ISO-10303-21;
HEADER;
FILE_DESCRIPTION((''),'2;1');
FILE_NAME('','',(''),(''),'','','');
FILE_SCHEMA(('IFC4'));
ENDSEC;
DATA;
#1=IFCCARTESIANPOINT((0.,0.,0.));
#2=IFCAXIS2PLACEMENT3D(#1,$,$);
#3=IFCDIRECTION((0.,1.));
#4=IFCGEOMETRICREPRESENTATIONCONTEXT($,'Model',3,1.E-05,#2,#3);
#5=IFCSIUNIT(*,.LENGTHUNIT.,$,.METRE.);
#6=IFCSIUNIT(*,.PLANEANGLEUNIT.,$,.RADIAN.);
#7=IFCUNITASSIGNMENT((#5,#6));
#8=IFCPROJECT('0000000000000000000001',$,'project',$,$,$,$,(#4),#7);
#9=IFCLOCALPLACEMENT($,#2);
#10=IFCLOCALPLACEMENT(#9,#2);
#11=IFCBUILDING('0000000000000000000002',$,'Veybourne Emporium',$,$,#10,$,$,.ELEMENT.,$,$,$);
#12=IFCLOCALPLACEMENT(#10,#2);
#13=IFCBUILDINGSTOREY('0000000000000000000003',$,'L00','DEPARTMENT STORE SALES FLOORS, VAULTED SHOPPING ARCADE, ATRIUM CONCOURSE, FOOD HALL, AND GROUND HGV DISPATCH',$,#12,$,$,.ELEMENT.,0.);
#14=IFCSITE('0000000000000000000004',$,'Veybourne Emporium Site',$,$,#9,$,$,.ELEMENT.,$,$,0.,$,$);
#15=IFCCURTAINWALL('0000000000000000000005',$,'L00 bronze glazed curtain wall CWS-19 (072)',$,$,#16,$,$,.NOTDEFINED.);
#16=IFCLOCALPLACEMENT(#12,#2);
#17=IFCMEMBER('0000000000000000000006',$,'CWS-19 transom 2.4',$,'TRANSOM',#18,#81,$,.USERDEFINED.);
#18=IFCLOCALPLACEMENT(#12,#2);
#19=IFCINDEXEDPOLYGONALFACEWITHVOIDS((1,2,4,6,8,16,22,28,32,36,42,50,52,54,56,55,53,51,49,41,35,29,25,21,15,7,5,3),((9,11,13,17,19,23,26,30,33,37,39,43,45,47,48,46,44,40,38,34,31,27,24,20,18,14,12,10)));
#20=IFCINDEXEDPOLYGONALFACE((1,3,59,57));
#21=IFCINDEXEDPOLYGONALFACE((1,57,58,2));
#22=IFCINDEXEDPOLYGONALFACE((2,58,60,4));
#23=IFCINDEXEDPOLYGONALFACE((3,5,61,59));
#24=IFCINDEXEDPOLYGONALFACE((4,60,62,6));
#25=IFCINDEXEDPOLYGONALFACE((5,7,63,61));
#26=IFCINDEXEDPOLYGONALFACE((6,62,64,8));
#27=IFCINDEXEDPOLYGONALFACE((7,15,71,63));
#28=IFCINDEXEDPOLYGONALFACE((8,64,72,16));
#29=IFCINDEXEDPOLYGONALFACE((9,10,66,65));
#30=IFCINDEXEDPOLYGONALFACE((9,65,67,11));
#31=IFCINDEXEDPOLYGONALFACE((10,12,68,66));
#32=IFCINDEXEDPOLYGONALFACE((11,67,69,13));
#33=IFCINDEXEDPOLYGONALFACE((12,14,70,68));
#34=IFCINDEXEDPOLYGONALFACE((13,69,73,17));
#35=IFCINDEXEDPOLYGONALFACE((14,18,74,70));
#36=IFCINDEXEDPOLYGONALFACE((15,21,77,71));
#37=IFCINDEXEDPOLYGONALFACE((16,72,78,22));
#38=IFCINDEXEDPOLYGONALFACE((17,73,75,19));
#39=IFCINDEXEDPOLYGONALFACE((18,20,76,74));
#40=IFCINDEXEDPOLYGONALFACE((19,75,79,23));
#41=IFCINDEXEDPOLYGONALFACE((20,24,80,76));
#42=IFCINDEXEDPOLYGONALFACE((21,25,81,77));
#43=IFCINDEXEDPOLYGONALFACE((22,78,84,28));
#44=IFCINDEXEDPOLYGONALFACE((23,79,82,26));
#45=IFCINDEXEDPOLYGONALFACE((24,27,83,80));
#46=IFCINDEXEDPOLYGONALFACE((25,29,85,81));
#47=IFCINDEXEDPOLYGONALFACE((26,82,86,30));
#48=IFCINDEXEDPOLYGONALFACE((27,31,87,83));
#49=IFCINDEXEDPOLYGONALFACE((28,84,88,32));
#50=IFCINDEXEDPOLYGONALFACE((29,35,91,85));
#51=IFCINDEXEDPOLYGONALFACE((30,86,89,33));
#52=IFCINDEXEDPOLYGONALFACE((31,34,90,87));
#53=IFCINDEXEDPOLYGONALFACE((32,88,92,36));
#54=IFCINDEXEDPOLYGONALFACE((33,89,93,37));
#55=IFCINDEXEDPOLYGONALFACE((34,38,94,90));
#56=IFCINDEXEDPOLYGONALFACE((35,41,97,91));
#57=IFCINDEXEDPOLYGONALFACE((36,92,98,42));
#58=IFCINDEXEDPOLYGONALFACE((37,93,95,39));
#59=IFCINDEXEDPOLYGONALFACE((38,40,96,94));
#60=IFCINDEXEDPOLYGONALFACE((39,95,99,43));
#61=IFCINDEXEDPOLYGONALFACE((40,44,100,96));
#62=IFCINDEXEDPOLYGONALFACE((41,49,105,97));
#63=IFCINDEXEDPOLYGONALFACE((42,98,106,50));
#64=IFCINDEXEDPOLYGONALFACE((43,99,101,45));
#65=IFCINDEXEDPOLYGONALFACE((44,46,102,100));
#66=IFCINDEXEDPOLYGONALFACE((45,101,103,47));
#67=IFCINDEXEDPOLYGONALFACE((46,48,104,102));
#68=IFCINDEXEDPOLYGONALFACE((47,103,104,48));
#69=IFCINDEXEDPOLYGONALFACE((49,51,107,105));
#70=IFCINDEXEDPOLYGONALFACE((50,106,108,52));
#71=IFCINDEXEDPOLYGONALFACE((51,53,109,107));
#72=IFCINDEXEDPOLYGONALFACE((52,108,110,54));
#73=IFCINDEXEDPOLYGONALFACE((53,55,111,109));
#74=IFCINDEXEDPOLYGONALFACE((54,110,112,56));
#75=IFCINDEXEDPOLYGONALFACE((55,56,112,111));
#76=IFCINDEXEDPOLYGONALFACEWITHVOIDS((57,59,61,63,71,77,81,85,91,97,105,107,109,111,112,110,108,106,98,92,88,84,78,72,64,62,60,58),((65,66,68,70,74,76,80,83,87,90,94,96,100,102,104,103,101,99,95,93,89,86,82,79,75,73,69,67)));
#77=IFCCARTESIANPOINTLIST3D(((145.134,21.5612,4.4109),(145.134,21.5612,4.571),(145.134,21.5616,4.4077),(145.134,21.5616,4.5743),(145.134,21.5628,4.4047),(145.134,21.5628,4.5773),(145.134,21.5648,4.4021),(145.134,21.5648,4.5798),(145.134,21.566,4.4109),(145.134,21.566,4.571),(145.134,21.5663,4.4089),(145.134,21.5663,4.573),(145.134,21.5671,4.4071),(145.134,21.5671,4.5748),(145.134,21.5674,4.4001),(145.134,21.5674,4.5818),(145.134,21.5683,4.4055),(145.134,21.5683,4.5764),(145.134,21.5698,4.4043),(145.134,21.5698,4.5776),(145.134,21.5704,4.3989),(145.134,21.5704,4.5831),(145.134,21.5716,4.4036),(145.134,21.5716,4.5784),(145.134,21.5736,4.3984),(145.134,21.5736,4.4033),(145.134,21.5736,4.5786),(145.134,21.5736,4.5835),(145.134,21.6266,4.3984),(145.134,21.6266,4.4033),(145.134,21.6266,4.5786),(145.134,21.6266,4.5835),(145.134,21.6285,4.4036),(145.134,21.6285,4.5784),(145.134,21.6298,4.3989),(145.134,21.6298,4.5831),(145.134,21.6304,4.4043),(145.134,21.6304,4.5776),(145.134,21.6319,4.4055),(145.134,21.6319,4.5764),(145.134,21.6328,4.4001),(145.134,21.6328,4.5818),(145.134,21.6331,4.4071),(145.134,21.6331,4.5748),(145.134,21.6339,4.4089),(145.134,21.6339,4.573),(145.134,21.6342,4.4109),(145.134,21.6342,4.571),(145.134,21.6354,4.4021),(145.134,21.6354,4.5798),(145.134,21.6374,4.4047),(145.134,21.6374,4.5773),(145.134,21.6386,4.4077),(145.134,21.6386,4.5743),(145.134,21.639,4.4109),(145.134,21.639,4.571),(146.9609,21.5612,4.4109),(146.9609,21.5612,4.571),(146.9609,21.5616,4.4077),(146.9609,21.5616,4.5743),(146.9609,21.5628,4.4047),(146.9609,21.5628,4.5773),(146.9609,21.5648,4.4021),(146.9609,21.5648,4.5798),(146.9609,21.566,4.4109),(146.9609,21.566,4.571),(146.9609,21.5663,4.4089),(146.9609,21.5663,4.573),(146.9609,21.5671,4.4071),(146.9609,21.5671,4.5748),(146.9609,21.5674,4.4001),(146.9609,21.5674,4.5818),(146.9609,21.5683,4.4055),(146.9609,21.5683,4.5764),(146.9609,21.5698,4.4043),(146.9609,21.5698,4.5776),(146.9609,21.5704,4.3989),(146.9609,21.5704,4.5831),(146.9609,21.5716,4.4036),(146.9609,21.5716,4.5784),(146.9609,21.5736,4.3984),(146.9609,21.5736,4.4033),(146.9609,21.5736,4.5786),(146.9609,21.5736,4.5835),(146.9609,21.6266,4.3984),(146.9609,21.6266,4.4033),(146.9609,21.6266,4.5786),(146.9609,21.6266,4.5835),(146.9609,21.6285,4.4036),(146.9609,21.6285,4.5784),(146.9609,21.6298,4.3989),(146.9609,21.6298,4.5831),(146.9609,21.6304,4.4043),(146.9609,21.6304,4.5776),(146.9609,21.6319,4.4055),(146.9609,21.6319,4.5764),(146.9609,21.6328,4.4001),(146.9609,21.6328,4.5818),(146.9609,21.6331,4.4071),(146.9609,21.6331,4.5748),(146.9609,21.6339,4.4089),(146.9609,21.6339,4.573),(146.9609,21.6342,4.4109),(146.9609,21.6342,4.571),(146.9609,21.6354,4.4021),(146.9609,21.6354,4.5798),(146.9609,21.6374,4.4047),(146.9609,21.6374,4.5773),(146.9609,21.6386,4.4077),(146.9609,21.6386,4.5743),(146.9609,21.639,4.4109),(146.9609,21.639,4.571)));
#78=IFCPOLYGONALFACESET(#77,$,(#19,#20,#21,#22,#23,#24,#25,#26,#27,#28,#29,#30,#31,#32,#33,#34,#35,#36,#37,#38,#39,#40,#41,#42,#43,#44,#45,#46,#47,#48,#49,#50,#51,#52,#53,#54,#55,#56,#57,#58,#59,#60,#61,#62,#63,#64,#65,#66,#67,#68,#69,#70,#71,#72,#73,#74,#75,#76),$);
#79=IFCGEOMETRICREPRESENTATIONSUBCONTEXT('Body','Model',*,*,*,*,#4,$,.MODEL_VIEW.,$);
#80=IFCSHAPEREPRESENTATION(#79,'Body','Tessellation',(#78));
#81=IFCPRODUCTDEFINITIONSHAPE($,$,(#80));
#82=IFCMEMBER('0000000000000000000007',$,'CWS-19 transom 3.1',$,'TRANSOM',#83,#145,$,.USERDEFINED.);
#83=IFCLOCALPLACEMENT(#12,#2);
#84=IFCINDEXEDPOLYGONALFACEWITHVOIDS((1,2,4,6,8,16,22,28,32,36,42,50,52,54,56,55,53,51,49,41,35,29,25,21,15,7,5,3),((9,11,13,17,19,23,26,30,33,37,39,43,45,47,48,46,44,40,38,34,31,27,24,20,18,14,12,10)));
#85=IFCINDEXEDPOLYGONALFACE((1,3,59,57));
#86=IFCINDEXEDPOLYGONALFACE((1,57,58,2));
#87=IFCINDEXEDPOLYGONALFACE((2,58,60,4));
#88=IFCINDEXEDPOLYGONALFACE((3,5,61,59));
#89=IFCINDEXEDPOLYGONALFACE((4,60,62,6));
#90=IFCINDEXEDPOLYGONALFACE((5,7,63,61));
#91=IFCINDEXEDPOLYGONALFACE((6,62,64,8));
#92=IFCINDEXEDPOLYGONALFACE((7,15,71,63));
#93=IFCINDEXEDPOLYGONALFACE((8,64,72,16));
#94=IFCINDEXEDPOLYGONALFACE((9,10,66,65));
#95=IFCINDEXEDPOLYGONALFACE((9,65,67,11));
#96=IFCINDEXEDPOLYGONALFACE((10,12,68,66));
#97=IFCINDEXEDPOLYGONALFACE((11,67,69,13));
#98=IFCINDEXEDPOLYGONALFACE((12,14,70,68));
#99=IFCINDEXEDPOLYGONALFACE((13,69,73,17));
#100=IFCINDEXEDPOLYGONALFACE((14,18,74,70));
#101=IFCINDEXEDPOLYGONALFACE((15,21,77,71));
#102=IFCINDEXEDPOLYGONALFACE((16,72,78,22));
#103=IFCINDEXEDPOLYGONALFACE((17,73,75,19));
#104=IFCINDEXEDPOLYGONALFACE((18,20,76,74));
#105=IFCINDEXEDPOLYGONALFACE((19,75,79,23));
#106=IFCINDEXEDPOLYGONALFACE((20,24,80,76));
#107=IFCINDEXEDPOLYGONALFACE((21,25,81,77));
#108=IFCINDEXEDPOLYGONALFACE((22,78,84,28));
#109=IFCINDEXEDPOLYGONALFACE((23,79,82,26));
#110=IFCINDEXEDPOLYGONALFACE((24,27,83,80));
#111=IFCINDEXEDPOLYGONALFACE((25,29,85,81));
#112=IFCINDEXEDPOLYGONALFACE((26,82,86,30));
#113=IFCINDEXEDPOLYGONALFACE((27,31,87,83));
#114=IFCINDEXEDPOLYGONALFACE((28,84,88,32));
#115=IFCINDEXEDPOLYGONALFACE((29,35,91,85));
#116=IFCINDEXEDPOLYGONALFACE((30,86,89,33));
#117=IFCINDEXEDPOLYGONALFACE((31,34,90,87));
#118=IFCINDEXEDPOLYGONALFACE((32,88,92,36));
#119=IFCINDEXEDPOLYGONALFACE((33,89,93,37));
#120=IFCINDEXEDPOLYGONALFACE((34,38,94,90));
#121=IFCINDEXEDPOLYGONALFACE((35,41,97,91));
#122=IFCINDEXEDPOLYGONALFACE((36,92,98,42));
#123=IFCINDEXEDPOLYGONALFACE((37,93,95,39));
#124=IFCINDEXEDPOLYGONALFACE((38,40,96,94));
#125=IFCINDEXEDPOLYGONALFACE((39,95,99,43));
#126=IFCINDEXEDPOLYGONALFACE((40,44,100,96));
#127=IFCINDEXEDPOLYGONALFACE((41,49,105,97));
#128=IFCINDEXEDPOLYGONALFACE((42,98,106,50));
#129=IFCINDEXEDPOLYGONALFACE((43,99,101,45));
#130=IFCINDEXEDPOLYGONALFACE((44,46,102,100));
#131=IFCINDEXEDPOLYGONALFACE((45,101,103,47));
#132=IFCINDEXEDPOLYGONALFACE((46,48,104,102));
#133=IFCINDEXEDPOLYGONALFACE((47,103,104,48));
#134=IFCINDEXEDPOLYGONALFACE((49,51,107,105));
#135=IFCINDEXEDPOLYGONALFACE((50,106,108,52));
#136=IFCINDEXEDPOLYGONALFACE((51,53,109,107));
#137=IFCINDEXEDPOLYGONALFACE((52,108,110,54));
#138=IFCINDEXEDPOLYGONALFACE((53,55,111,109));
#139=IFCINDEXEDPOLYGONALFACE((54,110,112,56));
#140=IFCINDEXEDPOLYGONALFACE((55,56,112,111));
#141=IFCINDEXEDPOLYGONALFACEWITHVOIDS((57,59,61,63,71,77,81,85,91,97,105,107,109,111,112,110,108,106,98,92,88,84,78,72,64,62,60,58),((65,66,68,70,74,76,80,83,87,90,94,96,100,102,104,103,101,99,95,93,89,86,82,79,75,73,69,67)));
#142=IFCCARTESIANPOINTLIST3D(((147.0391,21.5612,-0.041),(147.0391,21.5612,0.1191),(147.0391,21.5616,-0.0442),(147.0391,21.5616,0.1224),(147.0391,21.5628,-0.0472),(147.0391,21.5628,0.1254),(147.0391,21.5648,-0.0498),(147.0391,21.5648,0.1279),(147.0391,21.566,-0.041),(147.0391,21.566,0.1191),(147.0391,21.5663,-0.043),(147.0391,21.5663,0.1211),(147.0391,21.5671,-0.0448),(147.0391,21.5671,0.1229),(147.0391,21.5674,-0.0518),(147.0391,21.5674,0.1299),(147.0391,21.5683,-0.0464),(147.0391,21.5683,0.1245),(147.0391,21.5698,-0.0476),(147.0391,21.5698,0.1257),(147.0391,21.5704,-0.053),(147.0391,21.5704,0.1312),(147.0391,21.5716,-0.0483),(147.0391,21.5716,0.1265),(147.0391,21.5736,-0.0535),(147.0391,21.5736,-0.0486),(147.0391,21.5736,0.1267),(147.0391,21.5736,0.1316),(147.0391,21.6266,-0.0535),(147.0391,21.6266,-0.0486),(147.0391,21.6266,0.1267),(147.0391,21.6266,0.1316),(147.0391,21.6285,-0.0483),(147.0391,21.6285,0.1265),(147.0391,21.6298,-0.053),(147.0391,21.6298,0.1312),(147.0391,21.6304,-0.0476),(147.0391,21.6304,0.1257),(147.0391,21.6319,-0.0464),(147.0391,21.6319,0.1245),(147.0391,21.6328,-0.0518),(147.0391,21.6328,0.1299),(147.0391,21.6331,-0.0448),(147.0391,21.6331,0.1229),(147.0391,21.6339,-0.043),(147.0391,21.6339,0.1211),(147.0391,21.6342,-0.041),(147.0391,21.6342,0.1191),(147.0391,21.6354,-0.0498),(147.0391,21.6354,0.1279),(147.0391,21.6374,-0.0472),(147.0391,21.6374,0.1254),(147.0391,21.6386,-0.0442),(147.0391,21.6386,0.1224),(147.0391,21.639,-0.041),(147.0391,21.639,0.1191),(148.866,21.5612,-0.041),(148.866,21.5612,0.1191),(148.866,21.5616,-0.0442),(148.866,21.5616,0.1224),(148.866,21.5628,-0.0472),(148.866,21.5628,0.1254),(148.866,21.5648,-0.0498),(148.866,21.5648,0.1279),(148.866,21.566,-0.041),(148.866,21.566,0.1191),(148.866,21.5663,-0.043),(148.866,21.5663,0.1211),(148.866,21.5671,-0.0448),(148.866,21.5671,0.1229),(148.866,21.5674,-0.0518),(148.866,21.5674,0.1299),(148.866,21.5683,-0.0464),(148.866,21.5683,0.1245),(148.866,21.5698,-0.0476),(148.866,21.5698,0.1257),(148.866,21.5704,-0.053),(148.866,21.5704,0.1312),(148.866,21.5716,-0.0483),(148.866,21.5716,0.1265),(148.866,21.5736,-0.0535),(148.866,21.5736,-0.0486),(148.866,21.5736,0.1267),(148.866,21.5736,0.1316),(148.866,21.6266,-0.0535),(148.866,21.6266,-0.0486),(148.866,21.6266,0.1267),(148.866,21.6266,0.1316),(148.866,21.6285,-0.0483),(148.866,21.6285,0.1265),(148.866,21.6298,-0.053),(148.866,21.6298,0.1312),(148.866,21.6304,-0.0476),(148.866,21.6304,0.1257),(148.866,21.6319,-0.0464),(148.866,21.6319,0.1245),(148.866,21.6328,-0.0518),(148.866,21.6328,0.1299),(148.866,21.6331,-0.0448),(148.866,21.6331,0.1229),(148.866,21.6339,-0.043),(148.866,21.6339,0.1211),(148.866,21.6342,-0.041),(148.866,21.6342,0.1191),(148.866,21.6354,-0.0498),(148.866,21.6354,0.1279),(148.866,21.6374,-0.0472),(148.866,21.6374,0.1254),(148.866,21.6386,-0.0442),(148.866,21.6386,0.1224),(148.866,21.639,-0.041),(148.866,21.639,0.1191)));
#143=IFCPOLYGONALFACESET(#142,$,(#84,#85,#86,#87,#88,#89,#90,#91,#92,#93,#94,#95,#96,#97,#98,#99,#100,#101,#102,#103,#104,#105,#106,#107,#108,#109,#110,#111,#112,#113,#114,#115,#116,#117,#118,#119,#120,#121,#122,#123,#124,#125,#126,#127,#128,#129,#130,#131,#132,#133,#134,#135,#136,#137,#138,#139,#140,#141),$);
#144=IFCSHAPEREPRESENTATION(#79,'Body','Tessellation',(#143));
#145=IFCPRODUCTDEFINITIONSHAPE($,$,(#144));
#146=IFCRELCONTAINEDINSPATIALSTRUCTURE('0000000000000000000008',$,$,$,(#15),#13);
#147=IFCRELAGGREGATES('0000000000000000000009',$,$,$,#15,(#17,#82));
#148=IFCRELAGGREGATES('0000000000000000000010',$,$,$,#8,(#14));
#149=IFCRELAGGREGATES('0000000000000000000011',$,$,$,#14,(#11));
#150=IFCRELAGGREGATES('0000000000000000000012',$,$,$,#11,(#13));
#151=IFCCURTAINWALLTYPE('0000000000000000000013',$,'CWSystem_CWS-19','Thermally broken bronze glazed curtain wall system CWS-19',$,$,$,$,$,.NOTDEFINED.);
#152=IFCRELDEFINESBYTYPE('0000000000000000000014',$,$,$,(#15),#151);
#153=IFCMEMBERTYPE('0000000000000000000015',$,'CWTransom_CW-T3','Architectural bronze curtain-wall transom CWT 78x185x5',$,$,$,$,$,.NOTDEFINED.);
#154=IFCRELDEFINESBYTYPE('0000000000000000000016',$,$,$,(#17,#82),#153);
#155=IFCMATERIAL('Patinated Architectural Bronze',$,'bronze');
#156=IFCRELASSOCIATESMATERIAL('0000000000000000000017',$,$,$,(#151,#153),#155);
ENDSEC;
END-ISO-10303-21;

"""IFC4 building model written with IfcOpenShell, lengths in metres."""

from ifc_helpers import new_model, si_unit, direction, frame, origin, origin_2d, place, context, subcontext, project, spatial, hollow_rectangle, extrude, material, material_profile, profile_set, type_object, element, aggregate, save


model = new_model("IFC4")

# Units and contexts
model_context = context("Model", 3, precision=1e-05, world=origin(), true_north=direction((0.0, 1.0)))
body_context = subcontext(model_context, "Body", "Model", "MODEL_VIEW")
ifc_project = project(units=[si_unit("LENGTHUNIT", "METRE"), si_unit("PLANEANGLEUNIT", "RADIAN")], contexts=[model_context])

# Site, building, storey
site_placement = place(None, origin())
site = spatial("IfcSite", under=ifc_project, at=site_placement, Name="Veybourne Emporium Site", CompositionType="ELEMENT", RefElevation=0.0)
building_placement = place(site_placement, origin())
building = spatial("IfcBuilding", under=site, at=building_placement, Name="Veybourne Emporium", CompositionType="ELEMENT")
storey_placement = place(building_placement, origin())
storey = spatial("IfcBuildingStorey", under=building, at=storey_placement, Name="L00", Description="DEPARTMENT STORE SALES FLOORS, VAULTED SHOPPING ARCADE, ATRIUM CONCOURSE, FOOD HALL, AND GROUND HGV DISPATCH", CompositionType="ELEMENT", Elevation=0.0)

# Curtain wall, members
ifc_material_1 = material(Name="Patinated Architectural Bronze", Category="bronze")
curtain_wall_type = type_object("IfcCurtainWallType", Name="CWSystem_CWS-19", Description="Thermally broken bronze glazed curtain wall system CWS-19", PredefinedType="NOTDEFINED", material=ifc_material_1)
curtain_wall_placement = place(storey_placement, origin())
curtain_wall = element("IfcCurtainWall", 1, at=curtain_wall_placement, inside=storey, type_object=curtain_wall_type, Name="L00 bronze glazed curtain wall CWS-19 (072)", PredefinedType="NOTDEFINED")
ifc_material_profile_1 = material_profile(ifc_material_1, hollow_rectangle(XDim=0.0779, YDim=0.1851, WallThickness=0.0049, InnerFilletRadius=0.0076, OuterFilletRadius=0.0125, at=origin_2d()), Name="CWT 78x185x5")
ifc_profile_set_1 = profile_set([ifc_material_profile_1], Name="Patinated Architectural Bronze")
member_type_1 = type_object("IfcMemberType", Name="CWTransom_CW-T3", Description="Architectural bronze curtain-wall transom CWT 78x185x5", PredefinedType="NOTDEFINED", material=ifc_profile_set_1)
member_1_placement = place(storey_placement, frame((145.134, 21.6001, 4.491), z_axis=(1.0, 0.0, 0.0), x_axis=(0.0, 1.0, 0.0)))
member_1 = element("IfcMember", 2, at=member_1_placement, type_object=member_type_1, Name="CWS-19 transom 2.4", ObjectType="TRANSOM", PredefinedType="USERDEFINED", context=body_context, shape_type="SweptSolid", body=[
    extrude(hollow_rectangle(XDim=0.0779, YDim=0.1851, WallThickness=0.0049, InnerFilletRadius=0.0076, OuterFilletRadius=0.0125, at=origin_2d()), origin(), (0.0, 0.0, 1.0), 1.8269),
])
member_2_placement = place(storey_placement, frame((147.0391, 21.6001, 0.0391), z_axis=(1.0, 0.0, 0.0), x_axis=(0.0, 1.0, 0.0)))
member_2 = element("IfcMember", 3, at=member_2_placement, type_object=member_type_1, Name="CWS-19 transom 3.1", ObjectType="TRANSOM", PredefinedType="USERDEFINED", context=body_context, shape_type="SweptSolid", body=[
    extrude(hollow_rectangle(XDim=0.0779, YDim=0.1851, WallThickness=0.0049, InnerFilletRadius=0.0076, OuterFilletRadius=0.0125, at=origin_2d()), origin(), (0.0, 0.0, 1.0), 1.8269),
])

aggregate(curtain_wall, [member_1, member_2])

save(model, "model.ifc")
